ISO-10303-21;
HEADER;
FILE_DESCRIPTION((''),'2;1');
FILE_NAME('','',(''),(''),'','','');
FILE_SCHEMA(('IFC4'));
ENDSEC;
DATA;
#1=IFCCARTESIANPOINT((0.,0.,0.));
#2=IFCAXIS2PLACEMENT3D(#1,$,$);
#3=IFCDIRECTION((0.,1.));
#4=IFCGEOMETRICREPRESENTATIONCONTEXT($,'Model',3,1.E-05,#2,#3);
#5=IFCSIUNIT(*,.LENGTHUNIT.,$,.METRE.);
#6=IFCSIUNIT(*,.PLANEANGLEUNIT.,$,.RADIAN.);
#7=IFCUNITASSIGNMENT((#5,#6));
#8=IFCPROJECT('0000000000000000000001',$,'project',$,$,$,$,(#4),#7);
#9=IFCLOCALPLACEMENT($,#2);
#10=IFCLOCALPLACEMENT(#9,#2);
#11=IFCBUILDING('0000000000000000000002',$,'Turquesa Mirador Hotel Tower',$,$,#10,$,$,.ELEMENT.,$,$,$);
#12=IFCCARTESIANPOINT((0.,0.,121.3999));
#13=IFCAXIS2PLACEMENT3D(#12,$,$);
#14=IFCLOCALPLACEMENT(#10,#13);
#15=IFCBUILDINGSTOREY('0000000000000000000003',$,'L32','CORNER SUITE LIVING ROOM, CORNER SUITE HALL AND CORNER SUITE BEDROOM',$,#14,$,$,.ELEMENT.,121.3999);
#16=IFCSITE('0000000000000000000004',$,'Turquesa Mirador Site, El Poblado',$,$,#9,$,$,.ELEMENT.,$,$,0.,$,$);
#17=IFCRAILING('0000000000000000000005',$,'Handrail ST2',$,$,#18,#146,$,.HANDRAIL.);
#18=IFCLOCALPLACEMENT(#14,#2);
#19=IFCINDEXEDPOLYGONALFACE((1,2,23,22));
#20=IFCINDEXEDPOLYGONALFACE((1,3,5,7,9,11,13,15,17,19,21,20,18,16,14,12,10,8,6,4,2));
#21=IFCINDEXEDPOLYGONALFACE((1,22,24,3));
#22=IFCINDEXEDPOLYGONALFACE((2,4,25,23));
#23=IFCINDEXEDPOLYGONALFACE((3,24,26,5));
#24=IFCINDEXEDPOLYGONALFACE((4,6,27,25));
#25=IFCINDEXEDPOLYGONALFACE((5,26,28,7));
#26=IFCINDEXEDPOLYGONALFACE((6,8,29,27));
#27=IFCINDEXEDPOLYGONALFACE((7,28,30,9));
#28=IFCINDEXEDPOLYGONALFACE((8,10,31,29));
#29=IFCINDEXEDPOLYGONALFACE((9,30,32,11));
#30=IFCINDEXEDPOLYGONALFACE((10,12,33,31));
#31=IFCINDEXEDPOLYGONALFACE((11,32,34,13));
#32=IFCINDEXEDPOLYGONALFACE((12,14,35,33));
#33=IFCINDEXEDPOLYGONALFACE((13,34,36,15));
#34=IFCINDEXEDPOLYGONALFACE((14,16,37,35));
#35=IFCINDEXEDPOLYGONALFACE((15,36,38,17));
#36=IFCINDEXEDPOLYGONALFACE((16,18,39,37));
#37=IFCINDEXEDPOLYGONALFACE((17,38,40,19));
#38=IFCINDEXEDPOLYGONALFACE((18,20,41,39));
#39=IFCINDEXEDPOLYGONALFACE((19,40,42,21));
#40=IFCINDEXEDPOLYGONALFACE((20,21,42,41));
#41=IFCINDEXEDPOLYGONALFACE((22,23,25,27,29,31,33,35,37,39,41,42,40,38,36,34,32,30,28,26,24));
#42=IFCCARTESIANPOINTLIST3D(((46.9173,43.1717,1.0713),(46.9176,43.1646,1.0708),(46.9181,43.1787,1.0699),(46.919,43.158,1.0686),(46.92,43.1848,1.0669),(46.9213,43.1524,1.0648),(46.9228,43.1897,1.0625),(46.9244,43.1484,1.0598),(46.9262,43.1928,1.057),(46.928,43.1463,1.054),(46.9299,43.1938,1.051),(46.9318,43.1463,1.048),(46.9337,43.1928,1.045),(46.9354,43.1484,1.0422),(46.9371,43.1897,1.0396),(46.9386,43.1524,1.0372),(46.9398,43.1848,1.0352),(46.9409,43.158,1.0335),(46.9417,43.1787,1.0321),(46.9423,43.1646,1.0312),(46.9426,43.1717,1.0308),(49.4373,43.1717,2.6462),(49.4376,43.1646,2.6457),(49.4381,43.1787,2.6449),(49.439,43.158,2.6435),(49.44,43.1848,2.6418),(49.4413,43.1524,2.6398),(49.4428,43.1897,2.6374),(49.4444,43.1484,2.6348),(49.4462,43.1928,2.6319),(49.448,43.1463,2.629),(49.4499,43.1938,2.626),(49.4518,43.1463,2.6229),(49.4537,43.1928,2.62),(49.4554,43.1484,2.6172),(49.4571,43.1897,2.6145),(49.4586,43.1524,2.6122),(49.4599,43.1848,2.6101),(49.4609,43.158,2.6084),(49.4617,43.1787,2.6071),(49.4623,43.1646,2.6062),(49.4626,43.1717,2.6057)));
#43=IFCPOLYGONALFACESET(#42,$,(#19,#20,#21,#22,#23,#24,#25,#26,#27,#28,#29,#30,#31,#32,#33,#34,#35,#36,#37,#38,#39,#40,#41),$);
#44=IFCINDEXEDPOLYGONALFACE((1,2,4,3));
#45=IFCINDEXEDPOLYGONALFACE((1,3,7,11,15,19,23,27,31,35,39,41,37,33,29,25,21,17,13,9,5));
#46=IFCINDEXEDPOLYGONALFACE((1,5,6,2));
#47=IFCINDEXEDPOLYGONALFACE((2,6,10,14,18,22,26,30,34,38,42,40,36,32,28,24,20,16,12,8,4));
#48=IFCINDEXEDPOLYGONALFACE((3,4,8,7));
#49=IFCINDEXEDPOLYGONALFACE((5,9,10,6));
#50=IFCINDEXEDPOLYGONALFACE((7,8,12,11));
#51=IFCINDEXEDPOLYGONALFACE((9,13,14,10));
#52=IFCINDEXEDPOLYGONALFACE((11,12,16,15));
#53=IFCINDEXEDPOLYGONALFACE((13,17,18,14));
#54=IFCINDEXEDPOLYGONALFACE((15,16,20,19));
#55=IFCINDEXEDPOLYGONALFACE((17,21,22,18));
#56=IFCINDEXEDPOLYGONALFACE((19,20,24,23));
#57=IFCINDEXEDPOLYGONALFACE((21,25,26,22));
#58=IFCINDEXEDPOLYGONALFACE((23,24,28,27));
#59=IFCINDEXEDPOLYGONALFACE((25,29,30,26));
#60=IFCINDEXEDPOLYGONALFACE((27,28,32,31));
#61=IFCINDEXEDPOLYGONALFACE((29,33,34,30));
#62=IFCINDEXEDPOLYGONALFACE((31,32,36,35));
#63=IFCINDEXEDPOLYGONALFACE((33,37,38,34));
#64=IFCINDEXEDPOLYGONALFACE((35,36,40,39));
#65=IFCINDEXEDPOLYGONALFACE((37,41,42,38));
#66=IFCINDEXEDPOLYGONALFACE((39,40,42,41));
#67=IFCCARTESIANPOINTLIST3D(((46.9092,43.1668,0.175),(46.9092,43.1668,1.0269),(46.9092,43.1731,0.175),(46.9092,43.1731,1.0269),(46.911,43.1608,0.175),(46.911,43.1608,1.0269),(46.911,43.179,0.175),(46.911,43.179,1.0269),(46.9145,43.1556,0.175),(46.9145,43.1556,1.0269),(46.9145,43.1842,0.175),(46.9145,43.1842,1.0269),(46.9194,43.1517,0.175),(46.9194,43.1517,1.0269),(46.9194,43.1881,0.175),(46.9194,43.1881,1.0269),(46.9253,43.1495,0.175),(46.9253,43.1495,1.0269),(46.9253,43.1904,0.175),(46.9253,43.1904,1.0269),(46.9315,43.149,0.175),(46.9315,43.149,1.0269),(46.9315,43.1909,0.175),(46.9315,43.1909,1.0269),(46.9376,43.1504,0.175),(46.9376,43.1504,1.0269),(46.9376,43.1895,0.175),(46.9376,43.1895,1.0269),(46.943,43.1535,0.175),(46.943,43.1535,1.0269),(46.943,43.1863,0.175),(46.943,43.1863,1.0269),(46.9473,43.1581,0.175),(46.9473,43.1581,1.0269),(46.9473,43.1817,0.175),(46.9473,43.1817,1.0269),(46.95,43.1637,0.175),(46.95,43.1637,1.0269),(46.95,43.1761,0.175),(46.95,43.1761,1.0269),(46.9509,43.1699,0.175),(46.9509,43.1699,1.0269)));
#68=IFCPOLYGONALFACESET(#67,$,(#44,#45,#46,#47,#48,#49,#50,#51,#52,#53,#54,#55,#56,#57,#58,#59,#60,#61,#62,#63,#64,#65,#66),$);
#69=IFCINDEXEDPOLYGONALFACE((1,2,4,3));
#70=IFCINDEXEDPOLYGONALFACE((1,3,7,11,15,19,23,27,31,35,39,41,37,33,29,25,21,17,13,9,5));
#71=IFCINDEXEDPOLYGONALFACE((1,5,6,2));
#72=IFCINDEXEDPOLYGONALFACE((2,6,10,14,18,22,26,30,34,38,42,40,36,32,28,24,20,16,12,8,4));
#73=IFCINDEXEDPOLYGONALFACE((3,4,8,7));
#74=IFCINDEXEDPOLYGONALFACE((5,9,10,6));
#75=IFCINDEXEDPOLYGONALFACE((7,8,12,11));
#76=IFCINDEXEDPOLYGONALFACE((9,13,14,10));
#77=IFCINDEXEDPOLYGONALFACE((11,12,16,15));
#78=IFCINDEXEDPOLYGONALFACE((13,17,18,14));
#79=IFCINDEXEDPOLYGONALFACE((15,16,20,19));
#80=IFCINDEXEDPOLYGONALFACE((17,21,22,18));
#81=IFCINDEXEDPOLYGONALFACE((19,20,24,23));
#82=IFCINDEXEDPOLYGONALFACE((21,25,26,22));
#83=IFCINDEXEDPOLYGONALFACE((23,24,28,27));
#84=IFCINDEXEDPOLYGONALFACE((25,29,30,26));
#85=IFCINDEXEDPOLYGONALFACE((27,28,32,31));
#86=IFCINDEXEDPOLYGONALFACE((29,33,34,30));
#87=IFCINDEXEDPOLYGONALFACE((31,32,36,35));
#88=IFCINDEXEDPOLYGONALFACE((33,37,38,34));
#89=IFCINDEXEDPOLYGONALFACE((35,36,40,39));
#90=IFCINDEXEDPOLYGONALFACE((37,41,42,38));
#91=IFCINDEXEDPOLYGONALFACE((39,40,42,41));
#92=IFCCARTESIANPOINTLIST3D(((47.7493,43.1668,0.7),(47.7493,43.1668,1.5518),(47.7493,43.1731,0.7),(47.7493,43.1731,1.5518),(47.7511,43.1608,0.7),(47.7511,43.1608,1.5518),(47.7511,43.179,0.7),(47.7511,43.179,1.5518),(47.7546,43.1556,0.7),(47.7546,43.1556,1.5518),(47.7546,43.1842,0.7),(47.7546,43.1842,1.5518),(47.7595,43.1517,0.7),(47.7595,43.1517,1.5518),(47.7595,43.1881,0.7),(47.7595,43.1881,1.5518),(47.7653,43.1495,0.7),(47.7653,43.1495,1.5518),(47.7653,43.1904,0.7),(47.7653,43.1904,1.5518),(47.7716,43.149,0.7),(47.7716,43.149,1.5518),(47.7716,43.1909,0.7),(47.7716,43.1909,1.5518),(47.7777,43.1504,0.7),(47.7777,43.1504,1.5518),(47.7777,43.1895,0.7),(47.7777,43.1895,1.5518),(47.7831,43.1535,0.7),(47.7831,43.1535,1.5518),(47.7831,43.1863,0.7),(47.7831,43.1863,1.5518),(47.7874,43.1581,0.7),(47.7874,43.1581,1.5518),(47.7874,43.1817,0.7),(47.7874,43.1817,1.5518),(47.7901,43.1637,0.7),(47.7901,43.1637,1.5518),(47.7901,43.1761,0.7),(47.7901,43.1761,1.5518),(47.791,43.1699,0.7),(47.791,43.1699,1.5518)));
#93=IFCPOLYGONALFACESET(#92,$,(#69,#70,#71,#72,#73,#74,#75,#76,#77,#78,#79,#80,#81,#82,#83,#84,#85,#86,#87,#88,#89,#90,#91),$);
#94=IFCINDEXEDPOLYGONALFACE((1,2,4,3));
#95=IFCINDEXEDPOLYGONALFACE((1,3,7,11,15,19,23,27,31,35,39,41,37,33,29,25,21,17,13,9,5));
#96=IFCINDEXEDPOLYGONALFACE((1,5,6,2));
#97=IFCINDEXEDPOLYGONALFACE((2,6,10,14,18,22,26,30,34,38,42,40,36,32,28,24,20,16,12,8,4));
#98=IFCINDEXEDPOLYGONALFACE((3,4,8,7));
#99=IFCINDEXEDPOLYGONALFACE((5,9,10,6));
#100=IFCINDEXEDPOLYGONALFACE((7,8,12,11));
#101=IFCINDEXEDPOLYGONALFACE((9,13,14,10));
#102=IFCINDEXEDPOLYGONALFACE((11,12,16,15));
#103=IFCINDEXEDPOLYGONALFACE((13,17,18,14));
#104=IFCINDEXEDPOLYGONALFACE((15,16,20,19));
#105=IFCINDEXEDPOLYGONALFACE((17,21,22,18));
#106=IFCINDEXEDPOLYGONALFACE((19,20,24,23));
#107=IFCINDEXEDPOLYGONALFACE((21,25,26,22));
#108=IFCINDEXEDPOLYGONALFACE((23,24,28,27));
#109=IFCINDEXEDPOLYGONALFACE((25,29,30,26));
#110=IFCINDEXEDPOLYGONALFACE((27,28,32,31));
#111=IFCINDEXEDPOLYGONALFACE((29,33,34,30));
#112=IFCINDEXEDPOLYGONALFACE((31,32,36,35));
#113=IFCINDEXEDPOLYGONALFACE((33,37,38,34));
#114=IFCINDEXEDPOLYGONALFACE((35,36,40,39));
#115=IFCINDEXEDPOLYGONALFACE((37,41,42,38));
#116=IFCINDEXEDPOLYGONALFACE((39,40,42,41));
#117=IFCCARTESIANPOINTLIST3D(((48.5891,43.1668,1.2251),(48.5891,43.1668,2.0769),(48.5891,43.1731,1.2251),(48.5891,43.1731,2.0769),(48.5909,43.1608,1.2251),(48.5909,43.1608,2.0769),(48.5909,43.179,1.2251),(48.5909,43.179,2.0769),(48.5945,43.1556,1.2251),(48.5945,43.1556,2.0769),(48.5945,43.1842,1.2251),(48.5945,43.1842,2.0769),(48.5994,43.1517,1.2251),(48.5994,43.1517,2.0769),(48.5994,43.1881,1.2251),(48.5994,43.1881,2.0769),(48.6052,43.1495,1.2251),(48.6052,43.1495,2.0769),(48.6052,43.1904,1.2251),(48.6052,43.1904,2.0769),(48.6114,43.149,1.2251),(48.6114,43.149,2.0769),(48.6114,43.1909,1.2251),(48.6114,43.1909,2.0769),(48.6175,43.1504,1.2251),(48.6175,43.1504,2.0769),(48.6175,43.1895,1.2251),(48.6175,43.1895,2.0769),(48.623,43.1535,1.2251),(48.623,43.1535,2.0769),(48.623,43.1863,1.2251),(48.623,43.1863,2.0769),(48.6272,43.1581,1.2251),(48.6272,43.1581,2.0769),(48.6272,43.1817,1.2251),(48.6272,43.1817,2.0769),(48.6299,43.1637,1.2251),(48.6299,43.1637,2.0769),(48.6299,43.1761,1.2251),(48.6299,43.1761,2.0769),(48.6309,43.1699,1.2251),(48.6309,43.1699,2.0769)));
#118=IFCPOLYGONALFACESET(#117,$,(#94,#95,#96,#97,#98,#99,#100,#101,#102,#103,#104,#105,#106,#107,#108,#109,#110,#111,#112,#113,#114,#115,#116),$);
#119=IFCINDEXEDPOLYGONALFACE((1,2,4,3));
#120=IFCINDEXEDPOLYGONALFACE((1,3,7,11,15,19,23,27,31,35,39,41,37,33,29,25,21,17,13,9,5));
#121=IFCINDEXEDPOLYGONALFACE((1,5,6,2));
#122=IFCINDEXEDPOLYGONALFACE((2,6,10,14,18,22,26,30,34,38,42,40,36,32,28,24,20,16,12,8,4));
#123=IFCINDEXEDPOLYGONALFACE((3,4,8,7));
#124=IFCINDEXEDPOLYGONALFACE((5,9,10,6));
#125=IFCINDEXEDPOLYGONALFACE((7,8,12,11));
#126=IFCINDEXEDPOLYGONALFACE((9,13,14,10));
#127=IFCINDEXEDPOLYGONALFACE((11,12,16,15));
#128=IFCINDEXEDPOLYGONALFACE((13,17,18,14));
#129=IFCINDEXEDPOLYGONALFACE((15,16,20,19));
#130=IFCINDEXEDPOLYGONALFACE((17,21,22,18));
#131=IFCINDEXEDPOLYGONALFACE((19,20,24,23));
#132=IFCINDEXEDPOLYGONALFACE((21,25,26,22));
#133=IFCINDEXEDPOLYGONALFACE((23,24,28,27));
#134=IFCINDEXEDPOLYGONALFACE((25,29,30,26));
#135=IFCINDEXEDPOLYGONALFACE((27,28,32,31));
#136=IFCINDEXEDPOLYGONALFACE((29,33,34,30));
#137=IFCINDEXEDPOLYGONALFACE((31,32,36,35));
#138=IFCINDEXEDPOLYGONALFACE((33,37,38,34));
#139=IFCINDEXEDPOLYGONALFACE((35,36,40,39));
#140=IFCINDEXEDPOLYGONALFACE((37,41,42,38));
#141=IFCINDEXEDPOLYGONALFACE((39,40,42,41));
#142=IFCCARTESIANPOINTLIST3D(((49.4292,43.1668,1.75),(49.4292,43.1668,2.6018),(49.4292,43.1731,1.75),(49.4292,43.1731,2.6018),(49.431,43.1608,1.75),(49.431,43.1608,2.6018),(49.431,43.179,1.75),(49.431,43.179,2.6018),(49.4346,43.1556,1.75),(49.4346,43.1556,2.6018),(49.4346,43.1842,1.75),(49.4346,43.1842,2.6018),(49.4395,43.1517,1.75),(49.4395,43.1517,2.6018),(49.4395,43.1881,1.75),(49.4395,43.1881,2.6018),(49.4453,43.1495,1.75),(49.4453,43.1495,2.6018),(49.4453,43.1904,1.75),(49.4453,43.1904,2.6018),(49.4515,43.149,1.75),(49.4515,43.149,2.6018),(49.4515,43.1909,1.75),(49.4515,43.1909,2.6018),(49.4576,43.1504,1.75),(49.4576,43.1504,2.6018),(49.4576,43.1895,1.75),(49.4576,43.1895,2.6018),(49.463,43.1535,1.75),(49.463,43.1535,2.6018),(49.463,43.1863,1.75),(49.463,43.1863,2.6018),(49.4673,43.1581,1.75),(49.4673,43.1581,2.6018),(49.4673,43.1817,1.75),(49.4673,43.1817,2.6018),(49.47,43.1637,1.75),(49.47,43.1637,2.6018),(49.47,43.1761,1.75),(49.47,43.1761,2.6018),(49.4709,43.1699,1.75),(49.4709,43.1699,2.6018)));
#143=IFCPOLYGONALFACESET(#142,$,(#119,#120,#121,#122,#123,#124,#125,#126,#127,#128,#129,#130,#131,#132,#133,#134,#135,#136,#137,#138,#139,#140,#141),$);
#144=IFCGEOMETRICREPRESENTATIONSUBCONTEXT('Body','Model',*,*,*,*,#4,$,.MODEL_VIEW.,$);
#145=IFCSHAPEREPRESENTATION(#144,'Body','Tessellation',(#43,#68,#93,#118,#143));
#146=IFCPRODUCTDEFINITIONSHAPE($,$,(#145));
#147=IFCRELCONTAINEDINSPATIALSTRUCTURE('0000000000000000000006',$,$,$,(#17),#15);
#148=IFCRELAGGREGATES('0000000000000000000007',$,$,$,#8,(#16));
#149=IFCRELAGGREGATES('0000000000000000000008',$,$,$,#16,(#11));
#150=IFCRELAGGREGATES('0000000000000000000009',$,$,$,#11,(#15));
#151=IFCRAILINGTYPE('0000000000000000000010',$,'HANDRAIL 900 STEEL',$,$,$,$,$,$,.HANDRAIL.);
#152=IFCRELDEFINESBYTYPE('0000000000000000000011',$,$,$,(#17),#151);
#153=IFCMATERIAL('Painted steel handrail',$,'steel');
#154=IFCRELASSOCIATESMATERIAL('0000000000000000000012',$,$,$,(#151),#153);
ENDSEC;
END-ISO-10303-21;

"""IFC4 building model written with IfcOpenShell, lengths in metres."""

from ifc_helpers import new_model, si_unit, direction, frame, origin, origin_2d, place, context, subcontext, project, spatial, circle, extrude, material, type_object, element, save


model = new_model("IFC4")

# Units and contexts
model_context = context("Model", 3, precision=1e-05, world=origin(), true_north=direction((0.0, 1.0)))
body_context = subcontext(model_context, "Body", "Model", "MODEL_VIEW")
ifc_project = project(units=[si_unit("LENGTHUNIT", "METRE"), si_unit("PLANEANGLEUNIT", "RADIAN")], contexts=[model_context])

# Site, building, storey
site_placement = place(None, origin())
site = spatial("IfcSite", under=ifc_project, at=site_placement, Name="Turquesa Mirador Site, El Poblado", CompositionType="ELEMENT", RefElevation=0.0)
building_placement = place(site_placement, origin())
building = spatial("IfcBuilding", under=site, at=building_placement, Name="Turquesa Mirador Hotel Tower", CompositionType="ELEMENT")
storey_placement = place(building_placement, frame((0.0, 0.0, 121.3999)))
storey = spatial("IfcBuildingStorey", under=building, at=storey_placement, Name="L32", Description="CORNER SUITE LIVING ROOM, CORNER SUITE HALL AND CORNER SUITE BEDROOM", CompositionType="ELEMENT", Elevation=121.3999)

# Railing
ifc_material_1 = material(Name="Painted steel handrail", Category="steel")
railing_type = type_object("IfcRailingType", Name="HANDRAIL 900 STEEL", PredefinedType="HANDRAIL", material=ifc_material_1)
railing_1_placement = place(storey_placement, frame((46.9299, 43.1699, 0.175)))
element("IfcRailing", 1, at=railing_1_placement, inside=storey, type_object=railing_type, Name="Handrail ST2", PredefinedType="HANDRAIL", context=body_context, shape_type="SweptSolid", body=[
    extrude(circle(Radius=0.0239, at=origin_2d()), frame((0.0, 0.0, 0.876), z_axis=(0.848008, 0.0, 0.529984), x_axis=(0.0, 1.0, 0.0)), (0.0, 0.0, 1.0), 2.9717),
    extrude(circle(Radius=0.021, at=origin_2d()), origin(), (0.0, 0.0, 1.0), 0.8518),
    extrude(circle(Radius=0.021, at=origin_2d()), frame((0.8401, 0.0, 0.5249)), (0.0, 0.0, 1.0), 0.8518),
    extrude(circle(Radius=0.021, at=origin_2d()), frame((1.6799, 0.0, 1.05)), (0.0, 0.0, 1.0), 0.8518),
    extrude(circle(Radius=0.021, at=origin_2d()), frame((2.52, 0.0, 1.575)), (0.0, 0.0, 1.0), 0.8518),
])

save(model, "model.ifc")
